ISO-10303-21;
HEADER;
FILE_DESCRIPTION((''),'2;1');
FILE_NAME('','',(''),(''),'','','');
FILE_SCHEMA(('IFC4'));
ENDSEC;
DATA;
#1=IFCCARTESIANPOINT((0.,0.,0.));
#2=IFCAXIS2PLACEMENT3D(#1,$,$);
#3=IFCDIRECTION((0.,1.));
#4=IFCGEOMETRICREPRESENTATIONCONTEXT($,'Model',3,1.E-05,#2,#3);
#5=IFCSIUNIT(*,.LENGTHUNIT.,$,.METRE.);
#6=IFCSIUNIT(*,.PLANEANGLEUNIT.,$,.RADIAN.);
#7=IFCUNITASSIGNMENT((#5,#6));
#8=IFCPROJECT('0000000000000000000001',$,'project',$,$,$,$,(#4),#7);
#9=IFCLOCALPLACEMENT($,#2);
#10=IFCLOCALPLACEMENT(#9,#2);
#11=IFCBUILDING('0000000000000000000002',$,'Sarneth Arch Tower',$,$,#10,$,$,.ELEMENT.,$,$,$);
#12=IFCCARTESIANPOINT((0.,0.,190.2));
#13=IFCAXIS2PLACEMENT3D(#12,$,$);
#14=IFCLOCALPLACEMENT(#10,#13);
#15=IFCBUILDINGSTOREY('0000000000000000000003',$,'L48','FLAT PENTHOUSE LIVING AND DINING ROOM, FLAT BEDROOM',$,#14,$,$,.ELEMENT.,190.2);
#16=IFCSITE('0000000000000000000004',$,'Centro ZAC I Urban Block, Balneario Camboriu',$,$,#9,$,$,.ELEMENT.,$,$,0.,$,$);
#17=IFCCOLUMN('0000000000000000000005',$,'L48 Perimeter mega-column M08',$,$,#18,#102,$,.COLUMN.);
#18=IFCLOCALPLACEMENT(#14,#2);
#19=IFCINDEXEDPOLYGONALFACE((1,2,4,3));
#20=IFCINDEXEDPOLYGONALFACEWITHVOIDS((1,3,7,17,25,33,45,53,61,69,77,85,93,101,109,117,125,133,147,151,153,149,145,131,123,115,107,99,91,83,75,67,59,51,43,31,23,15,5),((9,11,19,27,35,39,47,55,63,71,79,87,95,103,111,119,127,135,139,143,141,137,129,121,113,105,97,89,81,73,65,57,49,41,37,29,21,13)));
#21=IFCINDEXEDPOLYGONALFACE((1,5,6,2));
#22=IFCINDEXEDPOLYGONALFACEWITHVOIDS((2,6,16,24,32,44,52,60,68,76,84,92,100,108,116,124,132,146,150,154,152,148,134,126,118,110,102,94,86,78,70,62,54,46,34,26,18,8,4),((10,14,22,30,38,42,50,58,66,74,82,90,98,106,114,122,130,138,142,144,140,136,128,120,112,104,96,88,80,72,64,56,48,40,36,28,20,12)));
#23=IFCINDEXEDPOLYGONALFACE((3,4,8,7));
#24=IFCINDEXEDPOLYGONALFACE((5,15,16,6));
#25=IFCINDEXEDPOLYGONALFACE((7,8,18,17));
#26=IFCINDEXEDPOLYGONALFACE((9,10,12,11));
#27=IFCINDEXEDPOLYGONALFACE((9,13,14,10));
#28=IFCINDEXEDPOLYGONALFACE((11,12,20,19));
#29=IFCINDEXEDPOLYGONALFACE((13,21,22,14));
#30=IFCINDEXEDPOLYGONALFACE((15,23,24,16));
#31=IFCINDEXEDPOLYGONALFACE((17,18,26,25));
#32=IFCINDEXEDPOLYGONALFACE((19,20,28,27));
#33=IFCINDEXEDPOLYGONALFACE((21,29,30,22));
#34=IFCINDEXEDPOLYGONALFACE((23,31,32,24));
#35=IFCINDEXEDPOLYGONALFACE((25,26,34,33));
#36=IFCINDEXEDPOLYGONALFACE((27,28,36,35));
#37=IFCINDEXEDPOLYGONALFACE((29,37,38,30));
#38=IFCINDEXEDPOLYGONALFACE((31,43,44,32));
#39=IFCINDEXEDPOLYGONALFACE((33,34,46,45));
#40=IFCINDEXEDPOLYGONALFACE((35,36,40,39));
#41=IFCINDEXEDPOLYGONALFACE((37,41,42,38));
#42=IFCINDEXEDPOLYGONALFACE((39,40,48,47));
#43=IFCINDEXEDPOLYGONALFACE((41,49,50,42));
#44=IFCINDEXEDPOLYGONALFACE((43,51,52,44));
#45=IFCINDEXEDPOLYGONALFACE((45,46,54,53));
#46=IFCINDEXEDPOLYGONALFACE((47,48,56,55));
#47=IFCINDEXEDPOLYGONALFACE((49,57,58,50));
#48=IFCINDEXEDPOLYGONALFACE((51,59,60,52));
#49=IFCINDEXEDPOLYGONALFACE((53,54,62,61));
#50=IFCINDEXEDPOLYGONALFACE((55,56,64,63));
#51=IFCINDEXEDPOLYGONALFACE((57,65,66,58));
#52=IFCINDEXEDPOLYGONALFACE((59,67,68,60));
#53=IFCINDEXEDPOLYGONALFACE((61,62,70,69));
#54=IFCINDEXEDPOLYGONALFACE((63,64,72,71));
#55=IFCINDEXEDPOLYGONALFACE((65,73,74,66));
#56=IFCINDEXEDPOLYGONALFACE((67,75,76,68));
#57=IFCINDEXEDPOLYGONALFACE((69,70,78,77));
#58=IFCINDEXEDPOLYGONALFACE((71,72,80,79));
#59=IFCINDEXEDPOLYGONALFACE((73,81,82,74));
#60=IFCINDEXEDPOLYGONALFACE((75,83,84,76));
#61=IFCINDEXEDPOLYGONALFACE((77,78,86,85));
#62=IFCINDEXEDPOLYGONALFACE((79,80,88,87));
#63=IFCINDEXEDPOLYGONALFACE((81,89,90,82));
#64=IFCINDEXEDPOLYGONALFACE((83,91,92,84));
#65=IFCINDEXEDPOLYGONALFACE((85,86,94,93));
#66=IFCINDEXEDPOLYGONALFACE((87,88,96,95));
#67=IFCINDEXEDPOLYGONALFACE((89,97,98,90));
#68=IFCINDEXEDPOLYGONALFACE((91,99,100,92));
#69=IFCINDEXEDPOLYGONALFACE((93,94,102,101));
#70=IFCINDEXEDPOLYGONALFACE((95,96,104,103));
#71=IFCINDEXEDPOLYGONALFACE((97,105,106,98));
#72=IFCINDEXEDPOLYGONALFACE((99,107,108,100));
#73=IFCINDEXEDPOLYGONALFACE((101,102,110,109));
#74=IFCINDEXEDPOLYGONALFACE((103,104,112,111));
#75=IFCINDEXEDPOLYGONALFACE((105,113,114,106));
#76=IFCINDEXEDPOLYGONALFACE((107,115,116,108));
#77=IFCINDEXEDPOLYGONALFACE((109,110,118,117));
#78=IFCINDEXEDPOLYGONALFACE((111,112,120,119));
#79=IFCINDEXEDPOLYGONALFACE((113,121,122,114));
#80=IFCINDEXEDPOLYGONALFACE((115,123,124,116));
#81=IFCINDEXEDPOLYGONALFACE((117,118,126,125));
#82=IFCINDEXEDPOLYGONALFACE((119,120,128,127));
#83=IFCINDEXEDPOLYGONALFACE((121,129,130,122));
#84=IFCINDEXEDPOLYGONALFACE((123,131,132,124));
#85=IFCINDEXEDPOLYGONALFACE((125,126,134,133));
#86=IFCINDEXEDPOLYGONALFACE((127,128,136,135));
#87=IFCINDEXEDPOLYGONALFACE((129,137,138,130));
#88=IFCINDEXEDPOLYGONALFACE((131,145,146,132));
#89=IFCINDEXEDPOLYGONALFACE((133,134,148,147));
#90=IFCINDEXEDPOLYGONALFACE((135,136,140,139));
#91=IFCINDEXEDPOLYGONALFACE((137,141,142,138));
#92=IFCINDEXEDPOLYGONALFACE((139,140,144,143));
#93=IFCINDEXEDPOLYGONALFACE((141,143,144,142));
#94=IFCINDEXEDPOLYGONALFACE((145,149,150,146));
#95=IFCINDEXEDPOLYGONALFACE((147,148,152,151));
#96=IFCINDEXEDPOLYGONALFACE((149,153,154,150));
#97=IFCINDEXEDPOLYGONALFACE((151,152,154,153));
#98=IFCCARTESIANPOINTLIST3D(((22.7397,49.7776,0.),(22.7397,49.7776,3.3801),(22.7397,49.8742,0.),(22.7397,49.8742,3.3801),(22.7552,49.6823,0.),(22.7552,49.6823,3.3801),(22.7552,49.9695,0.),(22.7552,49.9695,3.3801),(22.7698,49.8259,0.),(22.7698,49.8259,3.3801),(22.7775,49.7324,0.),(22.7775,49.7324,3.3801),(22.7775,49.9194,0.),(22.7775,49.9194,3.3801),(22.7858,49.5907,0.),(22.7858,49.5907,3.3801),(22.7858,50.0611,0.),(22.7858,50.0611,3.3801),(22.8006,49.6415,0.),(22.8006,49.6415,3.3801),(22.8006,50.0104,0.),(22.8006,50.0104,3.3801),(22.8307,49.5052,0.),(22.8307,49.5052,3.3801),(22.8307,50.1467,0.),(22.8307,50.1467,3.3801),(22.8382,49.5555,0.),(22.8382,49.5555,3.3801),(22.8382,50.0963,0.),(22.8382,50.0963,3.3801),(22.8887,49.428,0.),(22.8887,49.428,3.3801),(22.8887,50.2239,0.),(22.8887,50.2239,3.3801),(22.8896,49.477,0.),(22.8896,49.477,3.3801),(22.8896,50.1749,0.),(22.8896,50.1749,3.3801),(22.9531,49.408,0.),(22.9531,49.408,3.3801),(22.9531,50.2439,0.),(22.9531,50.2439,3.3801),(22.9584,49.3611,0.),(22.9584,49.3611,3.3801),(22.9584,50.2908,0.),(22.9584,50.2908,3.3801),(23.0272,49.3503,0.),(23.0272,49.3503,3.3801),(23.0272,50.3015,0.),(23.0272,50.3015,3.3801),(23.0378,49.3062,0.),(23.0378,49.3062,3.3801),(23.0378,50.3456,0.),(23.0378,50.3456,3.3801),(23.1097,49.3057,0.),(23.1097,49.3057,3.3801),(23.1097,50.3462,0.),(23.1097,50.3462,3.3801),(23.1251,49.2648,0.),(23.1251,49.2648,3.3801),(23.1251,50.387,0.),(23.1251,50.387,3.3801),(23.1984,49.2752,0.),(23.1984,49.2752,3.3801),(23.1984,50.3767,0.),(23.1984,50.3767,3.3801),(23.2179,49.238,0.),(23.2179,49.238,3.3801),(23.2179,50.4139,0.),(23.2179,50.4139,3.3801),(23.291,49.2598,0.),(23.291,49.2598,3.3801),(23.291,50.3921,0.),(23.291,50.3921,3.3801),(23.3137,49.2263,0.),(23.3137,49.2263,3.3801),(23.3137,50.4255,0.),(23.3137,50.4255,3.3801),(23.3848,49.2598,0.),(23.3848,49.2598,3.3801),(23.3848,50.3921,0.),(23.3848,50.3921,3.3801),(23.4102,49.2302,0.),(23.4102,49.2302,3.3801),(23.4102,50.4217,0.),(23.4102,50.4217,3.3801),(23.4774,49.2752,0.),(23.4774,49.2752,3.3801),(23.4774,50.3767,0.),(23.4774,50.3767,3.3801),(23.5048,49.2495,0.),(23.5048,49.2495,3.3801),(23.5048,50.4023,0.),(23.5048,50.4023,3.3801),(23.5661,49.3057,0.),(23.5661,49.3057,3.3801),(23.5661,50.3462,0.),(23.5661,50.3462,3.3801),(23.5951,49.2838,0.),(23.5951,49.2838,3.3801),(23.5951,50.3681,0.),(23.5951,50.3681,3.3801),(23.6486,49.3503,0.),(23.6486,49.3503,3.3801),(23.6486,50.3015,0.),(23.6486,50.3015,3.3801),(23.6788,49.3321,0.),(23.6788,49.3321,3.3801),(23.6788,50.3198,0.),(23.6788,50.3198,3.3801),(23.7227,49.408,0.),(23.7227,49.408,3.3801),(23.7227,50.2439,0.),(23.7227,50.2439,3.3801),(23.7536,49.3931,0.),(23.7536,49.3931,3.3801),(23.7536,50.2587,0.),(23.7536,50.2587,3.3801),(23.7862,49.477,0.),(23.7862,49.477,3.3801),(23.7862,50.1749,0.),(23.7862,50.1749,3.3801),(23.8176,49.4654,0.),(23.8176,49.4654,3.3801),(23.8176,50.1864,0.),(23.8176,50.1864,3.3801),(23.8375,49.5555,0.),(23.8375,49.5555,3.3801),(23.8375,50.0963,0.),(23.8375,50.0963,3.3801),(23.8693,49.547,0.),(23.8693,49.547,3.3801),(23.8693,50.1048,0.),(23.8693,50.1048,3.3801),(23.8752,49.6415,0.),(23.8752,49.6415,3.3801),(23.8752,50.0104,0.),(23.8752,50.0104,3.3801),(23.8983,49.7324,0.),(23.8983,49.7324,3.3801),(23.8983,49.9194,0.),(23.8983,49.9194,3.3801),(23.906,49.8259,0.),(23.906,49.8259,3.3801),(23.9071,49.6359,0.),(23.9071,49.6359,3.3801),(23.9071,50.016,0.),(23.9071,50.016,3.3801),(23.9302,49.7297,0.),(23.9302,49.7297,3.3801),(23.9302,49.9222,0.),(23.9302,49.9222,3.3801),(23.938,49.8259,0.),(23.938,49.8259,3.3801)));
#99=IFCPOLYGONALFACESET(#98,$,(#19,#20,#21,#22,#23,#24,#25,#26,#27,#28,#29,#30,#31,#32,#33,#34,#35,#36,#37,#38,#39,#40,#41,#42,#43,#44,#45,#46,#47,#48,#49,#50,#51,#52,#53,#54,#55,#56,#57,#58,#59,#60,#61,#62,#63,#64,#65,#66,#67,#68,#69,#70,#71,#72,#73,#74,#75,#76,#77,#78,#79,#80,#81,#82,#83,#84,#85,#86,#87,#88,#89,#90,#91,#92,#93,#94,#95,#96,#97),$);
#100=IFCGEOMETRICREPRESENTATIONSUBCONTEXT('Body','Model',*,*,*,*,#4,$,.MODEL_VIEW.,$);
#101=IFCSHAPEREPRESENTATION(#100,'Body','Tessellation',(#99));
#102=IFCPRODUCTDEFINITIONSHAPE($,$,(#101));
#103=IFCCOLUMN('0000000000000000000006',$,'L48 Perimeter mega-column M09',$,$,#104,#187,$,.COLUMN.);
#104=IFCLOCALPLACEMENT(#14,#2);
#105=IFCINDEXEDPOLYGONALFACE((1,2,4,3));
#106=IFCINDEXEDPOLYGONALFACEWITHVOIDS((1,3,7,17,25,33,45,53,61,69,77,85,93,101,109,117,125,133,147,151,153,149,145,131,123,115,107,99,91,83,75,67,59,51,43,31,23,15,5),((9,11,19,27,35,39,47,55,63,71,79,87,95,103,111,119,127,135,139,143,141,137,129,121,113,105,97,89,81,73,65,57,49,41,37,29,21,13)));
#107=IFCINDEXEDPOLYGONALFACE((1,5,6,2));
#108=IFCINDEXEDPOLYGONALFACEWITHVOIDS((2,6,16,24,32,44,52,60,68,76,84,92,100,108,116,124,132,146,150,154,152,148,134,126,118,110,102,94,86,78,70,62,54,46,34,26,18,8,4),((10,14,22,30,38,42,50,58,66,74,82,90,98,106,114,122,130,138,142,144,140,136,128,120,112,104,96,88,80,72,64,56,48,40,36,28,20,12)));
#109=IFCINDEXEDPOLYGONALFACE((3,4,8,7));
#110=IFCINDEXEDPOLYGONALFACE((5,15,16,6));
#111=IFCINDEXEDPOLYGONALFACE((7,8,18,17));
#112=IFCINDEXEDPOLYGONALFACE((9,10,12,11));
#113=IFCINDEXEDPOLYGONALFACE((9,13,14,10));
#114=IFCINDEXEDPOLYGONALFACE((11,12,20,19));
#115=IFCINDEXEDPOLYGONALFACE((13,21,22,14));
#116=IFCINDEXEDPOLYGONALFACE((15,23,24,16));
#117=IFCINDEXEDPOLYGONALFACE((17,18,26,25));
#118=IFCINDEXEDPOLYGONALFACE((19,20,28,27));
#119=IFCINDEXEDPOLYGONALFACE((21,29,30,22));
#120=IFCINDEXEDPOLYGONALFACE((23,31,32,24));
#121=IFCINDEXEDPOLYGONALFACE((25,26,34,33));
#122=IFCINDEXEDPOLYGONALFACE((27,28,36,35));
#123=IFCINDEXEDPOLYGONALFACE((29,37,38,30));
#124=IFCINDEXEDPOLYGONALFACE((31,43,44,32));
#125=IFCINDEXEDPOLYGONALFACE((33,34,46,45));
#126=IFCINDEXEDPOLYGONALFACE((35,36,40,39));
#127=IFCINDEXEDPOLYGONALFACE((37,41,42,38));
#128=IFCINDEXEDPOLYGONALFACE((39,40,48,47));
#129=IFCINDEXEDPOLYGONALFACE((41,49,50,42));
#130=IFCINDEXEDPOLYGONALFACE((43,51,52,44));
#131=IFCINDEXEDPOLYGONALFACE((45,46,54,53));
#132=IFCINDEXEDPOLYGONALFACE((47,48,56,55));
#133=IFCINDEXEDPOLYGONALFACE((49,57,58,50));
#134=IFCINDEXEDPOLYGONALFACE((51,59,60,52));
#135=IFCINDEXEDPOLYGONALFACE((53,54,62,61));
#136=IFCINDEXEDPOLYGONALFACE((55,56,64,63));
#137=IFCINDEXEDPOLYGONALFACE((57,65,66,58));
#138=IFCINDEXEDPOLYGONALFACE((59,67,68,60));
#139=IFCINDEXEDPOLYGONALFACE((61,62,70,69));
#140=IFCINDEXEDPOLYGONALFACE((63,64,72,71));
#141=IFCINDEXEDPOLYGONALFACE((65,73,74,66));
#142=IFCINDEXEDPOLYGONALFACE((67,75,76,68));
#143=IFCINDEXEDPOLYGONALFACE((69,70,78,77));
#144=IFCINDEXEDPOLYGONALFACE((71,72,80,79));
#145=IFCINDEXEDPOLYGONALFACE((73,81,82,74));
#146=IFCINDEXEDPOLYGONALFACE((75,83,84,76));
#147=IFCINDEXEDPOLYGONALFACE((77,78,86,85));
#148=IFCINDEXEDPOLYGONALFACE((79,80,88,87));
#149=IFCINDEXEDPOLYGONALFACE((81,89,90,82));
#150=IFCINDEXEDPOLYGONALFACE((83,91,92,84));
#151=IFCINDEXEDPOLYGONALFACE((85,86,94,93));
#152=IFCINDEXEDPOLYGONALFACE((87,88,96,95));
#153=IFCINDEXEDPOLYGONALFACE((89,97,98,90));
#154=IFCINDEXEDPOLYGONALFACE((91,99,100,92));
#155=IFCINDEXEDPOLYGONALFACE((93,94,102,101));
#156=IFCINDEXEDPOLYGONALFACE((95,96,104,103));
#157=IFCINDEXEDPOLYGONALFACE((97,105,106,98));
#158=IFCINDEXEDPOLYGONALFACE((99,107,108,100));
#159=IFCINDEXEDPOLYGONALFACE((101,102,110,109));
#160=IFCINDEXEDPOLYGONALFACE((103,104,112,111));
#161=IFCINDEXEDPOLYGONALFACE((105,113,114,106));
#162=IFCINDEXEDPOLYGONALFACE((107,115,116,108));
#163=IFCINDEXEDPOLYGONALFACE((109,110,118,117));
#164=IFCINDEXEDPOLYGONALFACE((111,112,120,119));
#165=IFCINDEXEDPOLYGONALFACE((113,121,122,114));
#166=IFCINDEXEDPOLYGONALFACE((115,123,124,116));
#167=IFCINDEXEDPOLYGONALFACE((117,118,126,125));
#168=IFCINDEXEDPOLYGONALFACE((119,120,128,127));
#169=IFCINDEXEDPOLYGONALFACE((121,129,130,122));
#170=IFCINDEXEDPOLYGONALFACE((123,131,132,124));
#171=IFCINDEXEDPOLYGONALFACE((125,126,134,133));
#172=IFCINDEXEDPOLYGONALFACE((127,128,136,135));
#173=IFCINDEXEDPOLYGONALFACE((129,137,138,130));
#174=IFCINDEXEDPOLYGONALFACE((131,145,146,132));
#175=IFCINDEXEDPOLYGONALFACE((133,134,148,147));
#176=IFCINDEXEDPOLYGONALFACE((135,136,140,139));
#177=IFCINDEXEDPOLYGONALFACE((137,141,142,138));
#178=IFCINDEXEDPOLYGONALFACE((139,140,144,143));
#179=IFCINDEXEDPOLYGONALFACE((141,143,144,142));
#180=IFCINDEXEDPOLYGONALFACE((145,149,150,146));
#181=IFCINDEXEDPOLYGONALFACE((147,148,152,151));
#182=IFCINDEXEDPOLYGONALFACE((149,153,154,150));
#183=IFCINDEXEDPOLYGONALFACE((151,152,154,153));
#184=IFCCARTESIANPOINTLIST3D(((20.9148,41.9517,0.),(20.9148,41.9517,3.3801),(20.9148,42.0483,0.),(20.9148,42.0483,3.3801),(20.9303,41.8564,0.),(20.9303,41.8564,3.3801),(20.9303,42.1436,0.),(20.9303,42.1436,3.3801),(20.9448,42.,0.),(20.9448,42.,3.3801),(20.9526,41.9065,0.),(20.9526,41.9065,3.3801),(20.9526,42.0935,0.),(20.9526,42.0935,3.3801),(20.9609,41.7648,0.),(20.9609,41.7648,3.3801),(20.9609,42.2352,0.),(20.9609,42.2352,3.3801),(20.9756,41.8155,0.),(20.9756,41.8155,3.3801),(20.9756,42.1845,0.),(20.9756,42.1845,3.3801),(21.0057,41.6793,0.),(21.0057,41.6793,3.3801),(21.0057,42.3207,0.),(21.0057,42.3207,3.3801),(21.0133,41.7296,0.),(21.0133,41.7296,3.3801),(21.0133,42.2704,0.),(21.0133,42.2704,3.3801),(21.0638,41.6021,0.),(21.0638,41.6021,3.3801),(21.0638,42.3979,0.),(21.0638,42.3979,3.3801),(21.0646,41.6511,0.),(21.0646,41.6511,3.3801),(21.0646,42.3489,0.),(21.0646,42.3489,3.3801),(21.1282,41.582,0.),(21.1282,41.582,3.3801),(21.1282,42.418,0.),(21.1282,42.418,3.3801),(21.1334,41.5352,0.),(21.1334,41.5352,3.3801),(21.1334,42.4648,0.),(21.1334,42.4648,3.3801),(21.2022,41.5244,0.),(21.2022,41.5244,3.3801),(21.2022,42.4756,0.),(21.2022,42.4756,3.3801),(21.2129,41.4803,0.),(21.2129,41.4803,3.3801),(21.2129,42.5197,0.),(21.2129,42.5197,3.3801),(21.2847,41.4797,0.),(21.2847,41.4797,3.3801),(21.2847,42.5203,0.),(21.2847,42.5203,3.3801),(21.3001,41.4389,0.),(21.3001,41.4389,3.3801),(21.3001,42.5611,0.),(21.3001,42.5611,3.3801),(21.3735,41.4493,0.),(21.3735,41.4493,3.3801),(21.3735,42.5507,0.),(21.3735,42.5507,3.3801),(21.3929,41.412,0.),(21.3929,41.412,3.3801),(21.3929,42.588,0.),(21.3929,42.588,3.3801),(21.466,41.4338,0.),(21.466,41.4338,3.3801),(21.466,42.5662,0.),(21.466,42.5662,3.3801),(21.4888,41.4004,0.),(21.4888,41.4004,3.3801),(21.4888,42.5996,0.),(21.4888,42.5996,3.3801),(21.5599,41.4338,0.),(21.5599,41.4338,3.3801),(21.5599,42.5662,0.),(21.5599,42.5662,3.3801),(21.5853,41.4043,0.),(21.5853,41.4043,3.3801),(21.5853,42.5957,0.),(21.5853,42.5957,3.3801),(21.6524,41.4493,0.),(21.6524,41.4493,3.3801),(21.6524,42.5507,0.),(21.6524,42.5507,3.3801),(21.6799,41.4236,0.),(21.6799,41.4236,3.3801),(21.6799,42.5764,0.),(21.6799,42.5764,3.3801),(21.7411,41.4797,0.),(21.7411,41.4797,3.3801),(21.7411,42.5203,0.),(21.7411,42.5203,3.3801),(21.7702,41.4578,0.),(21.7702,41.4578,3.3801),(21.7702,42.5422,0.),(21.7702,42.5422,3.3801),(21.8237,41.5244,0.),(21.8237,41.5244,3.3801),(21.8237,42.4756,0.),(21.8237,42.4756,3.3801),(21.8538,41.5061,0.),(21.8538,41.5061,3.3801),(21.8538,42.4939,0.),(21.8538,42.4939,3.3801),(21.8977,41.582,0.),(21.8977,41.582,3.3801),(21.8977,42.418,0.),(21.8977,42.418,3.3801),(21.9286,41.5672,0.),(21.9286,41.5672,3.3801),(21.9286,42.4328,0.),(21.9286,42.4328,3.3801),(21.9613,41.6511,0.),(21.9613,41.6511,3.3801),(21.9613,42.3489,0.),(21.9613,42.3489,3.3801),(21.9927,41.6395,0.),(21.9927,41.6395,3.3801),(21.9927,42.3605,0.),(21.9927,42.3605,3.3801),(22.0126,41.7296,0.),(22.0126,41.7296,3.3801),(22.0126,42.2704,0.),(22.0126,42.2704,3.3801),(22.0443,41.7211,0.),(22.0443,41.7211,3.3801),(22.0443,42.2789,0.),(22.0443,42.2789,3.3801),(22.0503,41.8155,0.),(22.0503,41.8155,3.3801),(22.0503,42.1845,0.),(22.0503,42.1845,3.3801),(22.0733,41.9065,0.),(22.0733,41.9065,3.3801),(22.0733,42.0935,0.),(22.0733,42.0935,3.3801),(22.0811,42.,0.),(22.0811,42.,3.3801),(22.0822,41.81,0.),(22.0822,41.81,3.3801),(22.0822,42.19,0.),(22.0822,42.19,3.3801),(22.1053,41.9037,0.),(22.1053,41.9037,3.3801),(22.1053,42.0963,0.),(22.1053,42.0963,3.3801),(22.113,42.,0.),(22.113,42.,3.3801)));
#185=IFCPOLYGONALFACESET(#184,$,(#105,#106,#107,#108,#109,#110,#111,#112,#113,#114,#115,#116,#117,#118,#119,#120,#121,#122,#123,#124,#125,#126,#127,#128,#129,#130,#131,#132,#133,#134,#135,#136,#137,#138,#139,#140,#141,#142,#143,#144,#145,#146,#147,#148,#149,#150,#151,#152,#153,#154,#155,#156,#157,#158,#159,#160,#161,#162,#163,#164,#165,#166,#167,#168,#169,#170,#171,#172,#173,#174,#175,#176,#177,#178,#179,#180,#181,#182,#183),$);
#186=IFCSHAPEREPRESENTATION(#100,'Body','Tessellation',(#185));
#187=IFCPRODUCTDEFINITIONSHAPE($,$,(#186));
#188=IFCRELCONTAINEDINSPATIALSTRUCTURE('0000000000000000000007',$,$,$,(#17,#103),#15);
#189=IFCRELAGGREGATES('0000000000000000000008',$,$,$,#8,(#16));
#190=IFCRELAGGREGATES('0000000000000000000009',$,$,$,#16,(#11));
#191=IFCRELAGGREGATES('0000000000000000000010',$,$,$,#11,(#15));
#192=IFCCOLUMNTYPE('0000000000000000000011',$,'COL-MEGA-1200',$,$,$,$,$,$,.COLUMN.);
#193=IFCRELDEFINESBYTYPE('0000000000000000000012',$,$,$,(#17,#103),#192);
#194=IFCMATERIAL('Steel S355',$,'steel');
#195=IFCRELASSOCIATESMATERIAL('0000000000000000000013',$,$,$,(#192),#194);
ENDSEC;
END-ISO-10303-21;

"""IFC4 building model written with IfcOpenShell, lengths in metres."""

from ifc_helpers import new_model, si_unit, direction, frame, origin, origin_2d, place, context, subcontext, project, spatial, hollow_circle, extrude, material, material_profile, profile_set, type_object, element, save


model = new_model("IFC4")

# Units and contexts
model_context = context("Model", 3, precision=1e-05, world=origin(), true_north=direction((0.0, 1.0)))
body_context = subcontext(model_context, "Body", "Model", "MODEL_VIEW")
ifc_project = project(units=[si_unit("LENGTHUNIT", "METRE"), si_unit("PLANEANGLEUNIT", "RADIAN")], contexts=[model_context])

# Site, building, storey
site_placement = place(None, origin())
site = spatial("IfcSite", under=ifc_project, at=site_placement, Name="Centro ZAC I Urban Block, Balneario Camboriu", CompositionType="ELEMENT", RefElevation=0.0)
building_placement = place(site_placement, origin())
building = spatial("IfcBuilding", under=site, at=building_placement, Name="Sarneth Arch Tower", CompositionType="ELEMENT")
storey_placement = place(building_placement, frame((0.0, 0.0, 190.2)))
storey = spatial("IfcBuildingStorey", under=building, at=storey_placement, Name="L48", Description="FLAT PENTHOUSE LIVING AND DINING ROOM, FLAT BEDROOM", CompositionType="ELEMENT", Elevation=190.2)

# Columns
ifc_material_1 = material(Name="Steel S355", Category="steel")
ifc_material_profile_1 = material_profile(ifc_material_1, hollow_circle(Radius=0.6001, WallThickness=0.032, at=origin_2d()), Name="CHS1200x32")
ifc_profile_set_1 = profile_set([ifc_material_profile_1], Name="Steel S355")
column_type = type_object("IfcColumnType", Name="COL-MEGA-1200", PredefinedType="COLUMN", material=ifc_profile_set_1)
for number, where, z_axis, x_axis, name in (
    (1, (23.3379, 49.8259, 0.0), (0.0, 0.0, 1.0), (1.0, 0.0, 0.0), "L48 Perimeter mega-column M08"),
    (2, (21.5129, 42.0, 0.0), (0.0, 0.0, 1.0), (1.0, 0.0, 0.0), "L48 Perimeter mega-column M09"),
):
    element("IfcColumn", number, at=place(storey_placement, frame(where, z_axis=z_axis, x_axis=x_axis)), inside=storey, type_object=column_type, Name=name, PredefinedType="COLUMN", context=body_context, shape_type="SweptSolid", body=[
        extrude(hollow_circle(Radius=0.6001, WallThickness=0.032, at=origin_2d()), origin(), (0.0, 0.0, 1.0), 3.3801),
    ])

save(model, "model.ifc")
